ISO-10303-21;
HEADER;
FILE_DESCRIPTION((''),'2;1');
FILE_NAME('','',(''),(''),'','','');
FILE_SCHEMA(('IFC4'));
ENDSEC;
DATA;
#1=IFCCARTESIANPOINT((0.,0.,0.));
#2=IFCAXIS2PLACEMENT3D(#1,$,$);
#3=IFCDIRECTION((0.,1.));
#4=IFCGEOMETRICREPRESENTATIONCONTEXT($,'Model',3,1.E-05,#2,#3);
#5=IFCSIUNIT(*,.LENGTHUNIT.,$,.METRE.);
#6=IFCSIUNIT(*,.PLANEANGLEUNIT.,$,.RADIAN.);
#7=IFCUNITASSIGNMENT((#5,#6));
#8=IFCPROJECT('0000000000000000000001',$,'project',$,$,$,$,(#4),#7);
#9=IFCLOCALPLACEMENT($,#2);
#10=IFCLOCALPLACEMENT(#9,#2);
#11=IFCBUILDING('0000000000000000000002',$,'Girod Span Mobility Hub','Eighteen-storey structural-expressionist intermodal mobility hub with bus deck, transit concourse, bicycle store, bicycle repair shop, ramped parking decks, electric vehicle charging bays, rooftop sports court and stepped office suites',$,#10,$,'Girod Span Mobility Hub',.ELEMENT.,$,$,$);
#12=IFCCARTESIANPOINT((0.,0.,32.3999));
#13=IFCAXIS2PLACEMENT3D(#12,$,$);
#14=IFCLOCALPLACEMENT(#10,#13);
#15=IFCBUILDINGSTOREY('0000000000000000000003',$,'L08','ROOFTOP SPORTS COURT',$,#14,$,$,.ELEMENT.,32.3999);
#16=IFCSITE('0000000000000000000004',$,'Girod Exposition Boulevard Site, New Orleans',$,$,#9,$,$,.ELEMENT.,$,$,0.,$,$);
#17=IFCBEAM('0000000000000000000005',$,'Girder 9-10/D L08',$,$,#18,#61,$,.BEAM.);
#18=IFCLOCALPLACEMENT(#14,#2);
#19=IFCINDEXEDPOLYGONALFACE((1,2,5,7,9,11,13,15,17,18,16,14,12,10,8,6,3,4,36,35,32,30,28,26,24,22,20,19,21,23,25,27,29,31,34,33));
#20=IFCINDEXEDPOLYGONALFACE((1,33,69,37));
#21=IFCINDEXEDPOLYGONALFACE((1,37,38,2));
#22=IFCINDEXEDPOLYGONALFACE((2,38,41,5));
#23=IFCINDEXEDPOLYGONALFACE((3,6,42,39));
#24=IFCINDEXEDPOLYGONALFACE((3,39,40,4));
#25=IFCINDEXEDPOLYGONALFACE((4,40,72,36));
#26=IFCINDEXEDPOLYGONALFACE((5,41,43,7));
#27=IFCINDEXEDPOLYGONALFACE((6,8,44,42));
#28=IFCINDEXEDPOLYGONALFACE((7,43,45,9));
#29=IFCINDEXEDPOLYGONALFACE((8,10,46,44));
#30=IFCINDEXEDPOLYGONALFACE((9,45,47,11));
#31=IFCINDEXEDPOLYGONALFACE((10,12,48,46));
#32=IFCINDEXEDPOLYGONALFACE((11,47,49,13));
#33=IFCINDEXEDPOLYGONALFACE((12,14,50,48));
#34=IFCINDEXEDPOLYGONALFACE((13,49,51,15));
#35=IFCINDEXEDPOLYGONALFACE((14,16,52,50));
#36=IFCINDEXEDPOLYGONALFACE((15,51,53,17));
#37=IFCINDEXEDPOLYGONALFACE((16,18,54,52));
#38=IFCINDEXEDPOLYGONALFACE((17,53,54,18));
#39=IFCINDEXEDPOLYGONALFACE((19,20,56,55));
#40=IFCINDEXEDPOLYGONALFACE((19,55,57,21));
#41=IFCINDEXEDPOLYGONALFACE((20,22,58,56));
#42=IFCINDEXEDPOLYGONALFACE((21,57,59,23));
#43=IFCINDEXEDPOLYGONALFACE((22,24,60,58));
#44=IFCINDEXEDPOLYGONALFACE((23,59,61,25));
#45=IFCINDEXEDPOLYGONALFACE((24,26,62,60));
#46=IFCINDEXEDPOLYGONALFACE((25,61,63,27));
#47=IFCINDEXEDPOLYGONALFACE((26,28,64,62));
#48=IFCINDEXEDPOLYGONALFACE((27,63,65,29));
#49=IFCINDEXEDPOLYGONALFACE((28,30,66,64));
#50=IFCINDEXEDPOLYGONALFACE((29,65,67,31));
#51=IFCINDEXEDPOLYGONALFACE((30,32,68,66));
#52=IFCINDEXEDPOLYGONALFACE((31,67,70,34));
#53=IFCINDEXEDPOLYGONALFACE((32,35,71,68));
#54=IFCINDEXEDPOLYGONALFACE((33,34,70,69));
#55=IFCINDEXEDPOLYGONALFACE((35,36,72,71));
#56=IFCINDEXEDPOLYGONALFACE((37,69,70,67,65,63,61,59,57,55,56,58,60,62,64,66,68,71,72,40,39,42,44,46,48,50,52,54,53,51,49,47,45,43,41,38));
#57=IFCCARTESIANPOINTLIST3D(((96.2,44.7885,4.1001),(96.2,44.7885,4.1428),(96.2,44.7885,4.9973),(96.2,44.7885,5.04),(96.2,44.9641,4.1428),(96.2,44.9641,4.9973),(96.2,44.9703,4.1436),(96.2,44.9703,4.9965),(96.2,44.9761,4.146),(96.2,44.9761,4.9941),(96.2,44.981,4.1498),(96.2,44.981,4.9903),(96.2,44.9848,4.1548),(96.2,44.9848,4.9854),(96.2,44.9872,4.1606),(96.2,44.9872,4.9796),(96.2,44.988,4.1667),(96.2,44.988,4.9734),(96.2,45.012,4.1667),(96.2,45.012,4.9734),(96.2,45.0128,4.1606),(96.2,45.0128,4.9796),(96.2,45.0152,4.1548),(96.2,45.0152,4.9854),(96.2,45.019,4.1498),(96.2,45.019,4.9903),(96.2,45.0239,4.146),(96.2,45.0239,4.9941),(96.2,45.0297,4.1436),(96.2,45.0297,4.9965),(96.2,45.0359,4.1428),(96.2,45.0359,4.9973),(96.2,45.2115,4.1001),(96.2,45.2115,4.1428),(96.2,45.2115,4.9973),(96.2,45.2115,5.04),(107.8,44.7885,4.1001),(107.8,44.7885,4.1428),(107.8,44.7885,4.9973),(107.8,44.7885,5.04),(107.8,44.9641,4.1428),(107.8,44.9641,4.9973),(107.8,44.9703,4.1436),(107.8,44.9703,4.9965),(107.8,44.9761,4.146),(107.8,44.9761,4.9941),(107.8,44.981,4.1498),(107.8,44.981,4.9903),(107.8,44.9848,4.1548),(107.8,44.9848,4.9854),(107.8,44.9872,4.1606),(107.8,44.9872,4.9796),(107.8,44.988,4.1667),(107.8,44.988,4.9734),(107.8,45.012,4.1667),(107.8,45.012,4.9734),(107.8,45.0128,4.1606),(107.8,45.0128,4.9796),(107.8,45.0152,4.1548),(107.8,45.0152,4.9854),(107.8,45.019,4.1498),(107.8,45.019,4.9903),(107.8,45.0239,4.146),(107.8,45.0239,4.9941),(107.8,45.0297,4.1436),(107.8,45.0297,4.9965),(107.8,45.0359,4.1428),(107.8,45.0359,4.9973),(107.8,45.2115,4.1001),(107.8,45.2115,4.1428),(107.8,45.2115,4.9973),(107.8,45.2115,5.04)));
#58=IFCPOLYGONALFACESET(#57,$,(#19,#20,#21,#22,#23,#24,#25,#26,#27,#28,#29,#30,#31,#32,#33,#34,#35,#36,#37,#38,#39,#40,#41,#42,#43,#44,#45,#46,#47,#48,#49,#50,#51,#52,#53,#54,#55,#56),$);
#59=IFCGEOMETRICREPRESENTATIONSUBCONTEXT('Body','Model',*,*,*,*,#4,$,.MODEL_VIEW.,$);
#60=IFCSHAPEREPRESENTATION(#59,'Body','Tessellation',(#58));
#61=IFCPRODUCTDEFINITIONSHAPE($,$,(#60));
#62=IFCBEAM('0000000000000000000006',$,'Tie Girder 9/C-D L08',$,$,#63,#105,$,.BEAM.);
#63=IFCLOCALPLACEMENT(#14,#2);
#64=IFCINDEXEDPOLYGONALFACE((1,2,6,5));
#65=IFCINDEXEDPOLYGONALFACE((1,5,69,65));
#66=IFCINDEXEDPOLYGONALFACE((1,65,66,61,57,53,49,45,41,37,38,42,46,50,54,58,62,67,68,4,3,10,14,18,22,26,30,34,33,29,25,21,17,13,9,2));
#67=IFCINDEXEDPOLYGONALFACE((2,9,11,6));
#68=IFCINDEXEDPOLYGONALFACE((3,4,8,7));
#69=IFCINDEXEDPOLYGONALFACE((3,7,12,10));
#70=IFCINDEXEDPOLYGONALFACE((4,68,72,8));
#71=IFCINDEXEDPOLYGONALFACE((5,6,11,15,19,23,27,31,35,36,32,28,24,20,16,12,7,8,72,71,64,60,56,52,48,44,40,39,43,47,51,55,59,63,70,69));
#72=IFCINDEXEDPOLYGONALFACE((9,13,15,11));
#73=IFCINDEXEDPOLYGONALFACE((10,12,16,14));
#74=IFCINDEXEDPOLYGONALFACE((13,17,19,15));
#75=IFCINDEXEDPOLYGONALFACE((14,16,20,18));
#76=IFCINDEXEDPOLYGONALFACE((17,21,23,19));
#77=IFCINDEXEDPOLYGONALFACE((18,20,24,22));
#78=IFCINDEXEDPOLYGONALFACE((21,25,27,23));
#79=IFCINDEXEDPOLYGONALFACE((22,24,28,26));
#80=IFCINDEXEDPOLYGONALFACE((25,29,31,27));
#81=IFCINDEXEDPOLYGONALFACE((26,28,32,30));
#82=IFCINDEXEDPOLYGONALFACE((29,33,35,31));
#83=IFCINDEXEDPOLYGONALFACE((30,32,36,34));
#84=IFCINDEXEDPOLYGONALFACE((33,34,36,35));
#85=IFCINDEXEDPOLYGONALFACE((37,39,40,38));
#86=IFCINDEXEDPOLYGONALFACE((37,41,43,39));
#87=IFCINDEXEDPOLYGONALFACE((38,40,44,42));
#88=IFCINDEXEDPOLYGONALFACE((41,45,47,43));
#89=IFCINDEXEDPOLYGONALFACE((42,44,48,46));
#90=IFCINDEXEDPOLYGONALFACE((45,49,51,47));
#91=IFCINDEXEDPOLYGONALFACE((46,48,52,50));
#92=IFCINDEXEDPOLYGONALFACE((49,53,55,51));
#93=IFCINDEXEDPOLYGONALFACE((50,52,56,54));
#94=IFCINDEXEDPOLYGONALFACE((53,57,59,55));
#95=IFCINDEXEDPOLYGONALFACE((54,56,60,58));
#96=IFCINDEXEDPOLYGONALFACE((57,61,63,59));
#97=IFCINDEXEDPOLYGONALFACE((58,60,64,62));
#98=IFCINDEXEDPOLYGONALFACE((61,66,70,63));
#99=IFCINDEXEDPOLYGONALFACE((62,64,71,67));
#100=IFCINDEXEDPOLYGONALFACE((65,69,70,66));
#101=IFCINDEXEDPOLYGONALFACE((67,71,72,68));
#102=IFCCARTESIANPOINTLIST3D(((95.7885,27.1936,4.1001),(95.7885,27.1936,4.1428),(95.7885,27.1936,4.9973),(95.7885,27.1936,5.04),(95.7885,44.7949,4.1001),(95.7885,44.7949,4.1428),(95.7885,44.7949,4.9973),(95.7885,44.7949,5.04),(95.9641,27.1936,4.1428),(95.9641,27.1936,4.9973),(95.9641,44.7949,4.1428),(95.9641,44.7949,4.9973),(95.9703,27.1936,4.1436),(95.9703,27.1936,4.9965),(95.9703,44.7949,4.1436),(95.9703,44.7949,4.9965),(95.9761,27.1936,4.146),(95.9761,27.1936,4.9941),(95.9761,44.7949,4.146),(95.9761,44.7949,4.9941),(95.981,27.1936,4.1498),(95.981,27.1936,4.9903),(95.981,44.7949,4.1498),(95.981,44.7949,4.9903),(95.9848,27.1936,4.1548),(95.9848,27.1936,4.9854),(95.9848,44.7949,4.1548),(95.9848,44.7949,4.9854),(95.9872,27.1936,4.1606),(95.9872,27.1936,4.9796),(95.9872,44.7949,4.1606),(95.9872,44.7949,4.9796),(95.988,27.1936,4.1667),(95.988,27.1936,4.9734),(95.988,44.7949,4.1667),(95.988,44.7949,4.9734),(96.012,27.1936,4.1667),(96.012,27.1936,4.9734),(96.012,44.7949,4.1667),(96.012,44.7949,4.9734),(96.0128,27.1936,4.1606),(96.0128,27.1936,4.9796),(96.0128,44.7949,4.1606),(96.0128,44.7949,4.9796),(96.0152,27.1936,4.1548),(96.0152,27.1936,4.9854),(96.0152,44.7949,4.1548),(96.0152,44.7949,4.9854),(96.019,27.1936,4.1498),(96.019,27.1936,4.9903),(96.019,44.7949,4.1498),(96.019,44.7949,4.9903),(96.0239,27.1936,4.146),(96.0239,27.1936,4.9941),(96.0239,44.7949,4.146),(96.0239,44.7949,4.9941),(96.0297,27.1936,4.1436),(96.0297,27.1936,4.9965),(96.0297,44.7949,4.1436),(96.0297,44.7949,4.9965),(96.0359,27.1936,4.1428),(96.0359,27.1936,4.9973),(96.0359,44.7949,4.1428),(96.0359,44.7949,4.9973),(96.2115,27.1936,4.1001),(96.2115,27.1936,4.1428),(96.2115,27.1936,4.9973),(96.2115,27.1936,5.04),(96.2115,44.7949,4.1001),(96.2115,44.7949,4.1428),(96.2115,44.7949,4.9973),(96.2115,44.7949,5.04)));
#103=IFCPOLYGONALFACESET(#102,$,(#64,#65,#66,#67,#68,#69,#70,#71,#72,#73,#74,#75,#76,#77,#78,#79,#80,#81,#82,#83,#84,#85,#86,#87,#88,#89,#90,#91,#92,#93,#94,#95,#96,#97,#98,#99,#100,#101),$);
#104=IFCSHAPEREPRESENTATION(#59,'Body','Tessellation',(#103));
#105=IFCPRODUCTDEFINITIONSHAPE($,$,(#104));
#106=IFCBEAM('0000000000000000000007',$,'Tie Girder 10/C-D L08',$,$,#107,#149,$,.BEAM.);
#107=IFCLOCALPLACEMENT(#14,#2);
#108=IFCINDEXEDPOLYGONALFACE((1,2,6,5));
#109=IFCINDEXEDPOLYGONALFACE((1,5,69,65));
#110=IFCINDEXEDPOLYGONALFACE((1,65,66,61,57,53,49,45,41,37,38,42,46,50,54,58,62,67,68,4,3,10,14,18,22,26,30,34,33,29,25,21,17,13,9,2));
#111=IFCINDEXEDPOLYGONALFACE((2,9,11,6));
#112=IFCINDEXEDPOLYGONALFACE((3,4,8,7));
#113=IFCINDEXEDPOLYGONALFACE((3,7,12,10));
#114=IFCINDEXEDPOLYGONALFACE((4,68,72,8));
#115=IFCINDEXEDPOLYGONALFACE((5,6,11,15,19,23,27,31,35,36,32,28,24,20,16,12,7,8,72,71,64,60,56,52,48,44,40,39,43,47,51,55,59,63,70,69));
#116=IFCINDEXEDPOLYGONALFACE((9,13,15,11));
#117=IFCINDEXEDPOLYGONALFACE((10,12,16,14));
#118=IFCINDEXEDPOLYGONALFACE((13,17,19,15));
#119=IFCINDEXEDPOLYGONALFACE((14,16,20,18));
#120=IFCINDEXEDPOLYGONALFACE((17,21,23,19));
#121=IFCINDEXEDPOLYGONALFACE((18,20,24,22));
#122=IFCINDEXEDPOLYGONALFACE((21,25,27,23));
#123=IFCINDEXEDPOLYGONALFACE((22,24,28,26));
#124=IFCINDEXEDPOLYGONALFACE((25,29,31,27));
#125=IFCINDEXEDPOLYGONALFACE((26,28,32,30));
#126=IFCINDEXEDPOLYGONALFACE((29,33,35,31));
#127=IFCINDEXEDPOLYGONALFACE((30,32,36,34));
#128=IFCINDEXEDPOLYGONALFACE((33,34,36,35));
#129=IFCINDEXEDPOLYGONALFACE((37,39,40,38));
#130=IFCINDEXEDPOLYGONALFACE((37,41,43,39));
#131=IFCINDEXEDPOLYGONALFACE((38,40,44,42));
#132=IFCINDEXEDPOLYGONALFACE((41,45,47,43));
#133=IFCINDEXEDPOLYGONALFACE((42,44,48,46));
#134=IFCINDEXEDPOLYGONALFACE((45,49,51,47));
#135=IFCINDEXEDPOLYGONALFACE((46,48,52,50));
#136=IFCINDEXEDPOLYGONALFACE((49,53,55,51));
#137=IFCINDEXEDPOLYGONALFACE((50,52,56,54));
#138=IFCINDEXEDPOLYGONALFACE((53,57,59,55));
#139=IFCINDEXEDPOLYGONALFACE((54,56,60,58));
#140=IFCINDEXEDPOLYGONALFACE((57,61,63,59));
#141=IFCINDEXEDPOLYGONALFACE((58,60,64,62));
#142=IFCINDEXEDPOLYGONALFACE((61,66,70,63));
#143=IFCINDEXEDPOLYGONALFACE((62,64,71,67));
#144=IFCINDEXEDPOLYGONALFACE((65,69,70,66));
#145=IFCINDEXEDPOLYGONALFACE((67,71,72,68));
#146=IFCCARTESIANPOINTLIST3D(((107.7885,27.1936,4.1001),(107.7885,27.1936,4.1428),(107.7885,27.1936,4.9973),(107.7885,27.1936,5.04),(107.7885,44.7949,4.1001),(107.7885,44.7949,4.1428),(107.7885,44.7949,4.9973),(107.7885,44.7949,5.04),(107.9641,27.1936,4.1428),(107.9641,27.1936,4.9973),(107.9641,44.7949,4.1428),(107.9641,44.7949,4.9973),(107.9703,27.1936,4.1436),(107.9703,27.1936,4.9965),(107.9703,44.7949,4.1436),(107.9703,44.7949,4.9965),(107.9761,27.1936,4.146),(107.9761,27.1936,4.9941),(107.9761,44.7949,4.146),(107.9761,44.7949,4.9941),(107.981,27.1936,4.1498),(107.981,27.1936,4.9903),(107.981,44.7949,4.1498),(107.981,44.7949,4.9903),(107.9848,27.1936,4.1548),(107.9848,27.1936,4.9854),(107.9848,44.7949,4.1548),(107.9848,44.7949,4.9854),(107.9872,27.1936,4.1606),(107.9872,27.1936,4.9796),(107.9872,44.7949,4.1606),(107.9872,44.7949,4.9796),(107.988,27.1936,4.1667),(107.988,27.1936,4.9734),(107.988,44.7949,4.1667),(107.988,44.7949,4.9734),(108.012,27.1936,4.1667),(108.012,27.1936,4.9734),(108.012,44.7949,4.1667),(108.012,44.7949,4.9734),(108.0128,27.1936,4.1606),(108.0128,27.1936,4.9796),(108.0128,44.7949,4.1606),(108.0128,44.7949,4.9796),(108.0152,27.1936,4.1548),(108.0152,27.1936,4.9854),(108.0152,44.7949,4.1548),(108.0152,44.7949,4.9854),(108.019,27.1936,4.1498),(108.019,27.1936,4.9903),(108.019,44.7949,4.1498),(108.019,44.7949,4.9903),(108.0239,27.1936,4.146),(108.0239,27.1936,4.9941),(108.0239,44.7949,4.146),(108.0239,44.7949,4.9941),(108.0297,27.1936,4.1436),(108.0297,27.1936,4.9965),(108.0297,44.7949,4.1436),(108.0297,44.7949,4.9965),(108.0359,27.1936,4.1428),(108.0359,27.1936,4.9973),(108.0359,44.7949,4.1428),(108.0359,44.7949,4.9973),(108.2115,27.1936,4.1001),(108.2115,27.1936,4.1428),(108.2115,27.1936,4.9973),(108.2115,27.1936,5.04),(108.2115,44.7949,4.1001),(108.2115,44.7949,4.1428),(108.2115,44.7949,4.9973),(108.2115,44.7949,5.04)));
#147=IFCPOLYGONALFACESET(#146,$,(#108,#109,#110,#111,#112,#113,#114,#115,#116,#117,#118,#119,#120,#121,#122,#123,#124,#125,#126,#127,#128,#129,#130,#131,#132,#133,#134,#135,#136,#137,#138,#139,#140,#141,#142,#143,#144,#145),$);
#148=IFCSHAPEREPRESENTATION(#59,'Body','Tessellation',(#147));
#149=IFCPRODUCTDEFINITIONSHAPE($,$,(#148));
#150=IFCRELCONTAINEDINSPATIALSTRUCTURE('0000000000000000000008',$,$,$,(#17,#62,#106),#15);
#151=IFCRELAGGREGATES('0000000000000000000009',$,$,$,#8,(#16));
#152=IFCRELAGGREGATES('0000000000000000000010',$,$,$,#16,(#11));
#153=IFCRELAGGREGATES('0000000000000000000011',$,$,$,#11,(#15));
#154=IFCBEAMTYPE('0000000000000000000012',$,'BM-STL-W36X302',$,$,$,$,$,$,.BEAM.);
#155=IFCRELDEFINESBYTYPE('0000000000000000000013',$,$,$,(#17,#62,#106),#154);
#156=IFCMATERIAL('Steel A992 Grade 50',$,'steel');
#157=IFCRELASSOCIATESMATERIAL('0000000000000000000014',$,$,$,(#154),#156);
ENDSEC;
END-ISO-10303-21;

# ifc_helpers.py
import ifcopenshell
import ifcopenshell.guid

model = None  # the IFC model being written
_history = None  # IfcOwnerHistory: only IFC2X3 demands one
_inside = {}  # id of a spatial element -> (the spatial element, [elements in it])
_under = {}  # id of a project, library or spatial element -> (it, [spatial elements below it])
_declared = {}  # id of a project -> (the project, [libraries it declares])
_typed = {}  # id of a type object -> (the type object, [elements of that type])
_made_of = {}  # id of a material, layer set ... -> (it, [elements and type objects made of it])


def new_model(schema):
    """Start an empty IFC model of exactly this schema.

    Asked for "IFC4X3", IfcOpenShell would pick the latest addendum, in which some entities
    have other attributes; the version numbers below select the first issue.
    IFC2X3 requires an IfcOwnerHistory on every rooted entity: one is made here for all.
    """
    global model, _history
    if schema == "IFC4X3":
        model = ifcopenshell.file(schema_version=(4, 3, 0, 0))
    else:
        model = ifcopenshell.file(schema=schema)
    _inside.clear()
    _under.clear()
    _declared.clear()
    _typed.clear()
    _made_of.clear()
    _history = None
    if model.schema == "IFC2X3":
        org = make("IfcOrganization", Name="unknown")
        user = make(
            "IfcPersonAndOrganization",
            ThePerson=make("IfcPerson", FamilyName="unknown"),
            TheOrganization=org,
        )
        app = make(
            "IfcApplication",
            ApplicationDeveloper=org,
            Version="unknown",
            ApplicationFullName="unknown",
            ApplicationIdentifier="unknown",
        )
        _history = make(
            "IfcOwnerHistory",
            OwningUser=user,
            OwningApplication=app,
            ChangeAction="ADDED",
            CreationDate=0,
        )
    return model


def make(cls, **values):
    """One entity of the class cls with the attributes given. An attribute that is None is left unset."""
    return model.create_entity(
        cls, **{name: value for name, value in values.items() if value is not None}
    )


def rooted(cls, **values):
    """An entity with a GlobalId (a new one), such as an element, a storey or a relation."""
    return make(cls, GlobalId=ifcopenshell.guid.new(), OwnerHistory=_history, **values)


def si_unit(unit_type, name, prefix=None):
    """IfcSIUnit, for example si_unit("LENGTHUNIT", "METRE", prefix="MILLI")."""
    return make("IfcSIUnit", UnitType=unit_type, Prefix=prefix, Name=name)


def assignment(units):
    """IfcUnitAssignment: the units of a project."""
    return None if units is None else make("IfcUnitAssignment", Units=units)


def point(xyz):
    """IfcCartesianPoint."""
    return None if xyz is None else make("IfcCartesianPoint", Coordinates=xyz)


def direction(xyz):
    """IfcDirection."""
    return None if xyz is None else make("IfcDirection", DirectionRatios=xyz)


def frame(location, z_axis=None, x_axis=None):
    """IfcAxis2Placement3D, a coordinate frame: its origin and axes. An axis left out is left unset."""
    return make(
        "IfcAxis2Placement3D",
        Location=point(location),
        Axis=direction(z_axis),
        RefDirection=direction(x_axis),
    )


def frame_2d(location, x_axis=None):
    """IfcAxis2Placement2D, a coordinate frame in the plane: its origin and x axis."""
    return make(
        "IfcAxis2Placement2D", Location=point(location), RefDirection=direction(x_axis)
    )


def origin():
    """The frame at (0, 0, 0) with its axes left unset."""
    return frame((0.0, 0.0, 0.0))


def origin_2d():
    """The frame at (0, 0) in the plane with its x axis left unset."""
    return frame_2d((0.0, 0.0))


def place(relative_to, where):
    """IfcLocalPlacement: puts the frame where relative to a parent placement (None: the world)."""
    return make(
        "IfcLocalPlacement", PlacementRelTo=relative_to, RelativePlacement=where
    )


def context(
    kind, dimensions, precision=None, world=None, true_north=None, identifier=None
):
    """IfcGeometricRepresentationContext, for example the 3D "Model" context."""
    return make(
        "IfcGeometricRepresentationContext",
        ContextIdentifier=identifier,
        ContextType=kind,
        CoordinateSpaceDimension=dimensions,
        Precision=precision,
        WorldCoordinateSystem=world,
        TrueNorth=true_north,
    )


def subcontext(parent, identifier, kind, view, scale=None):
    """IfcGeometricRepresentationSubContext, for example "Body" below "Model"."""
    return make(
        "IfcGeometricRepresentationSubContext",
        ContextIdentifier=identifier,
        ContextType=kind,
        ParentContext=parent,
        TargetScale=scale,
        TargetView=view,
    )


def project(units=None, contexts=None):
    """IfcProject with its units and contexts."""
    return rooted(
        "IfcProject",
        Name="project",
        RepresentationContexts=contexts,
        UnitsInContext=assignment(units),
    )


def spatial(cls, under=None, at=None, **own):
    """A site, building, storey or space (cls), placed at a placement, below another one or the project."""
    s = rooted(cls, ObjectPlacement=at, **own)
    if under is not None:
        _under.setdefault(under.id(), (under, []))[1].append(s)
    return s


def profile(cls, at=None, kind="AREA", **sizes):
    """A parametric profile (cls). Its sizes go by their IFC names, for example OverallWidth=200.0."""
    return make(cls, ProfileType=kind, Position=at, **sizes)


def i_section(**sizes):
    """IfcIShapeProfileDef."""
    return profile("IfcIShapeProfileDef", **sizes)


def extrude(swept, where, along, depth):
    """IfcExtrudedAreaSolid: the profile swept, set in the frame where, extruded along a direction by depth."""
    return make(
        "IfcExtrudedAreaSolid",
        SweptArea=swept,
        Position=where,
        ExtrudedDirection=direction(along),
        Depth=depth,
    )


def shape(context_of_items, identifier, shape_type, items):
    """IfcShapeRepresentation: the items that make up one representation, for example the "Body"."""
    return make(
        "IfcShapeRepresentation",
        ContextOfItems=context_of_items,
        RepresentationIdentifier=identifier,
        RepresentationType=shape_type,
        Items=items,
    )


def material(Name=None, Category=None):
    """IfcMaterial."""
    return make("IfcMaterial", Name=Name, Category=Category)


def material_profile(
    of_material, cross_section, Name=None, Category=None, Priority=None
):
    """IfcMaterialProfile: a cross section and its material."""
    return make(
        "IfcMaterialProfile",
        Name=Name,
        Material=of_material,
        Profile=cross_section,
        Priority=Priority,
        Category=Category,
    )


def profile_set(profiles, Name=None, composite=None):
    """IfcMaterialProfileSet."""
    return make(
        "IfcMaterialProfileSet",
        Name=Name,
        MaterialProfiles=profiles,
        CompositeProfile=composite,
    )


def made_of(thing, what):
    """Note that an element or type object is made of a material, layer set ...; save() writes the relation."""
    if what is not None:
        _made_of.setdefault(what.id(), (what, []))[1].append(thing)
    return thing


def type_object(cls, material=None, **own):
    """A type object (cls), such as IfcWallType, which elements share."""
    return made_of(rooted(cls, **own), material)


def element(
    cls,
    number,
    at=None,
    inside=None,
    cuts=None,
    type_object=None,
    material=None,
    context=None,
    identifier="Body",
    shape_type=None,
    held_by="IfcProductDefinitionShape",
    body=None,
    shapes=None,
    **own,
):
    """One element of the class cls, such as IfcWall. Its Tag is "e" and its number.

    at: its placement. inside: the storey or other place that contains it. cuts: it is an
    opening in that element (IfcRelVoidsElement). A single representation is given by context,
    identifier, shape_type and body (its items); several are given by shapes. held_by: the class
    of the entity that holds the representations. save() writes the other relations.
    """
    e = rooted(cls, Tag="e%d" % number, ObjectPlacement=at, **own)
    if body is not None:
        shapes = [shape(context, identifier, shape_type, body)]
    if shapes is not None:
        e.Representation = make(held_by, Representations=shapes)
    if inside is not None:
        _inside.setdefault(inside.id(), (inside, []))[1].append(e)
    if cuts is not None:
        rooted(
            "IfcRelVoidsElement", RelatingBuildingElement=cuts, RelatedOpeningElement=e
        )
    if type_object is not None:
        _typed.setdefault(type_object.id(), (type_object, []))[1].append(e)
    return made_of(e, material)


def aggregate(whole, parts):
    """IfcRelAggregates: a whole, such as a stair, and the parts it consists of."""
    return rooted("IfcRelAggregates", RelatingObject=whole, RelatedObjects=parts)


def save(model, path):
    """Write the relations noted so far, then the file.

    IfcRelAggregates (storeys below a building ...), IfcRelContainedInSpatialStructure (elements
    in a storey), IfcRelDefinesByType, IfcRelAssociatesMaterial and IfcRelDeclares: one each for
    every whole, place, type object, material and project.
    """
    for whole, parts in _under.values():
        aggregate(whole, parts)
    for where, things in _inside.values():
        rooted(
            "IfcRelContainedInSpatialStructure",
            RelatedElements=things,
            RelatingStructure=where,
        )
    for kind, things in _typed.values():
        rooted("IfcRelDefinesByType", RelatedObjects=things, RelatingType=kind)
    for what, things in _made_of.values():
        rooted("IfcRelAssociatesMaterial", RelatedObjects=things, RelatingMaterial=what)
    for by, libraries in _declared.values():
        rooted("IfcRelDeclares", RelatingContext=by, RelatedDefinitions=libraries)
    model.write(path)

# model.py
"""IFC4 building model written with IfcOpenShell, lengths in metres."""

from ifc_helpers import new_model, si_unit, direction, frame, origin, origin_2d, place, context, subcontext, project, spatial, i_section, extrude, material, material_profile, profile_set, type_object, element, save


model = new_model("IFC4")

# Units and contexts
model_context = context("Model", 3, precision=1e-05, world=origin(), true_north=direction((0.0, 1.0)))
body_context = subcontext(model_context, "Body", "Model", "MODEL_VIEW")
ifc_project = project(units=[si_unit("LENGTHUNIT", "METRE"), si_unit("PLANEANGLEUNIT", "RADIAN")], contexts=[model_context])

# Site, building, storey
site_placement = place(None, origin())
site = spatial("IfcSite", under=ifc_project, at=site_placement, Name="Girod Exposition Boulevard Site, New Orleans", CompositionType="ELEMENT", RefElevation=0.0)
building_placement = place(site_placement, origin())
building = spatial("IfcBuilding", under=site, at=building_placement, Name="Girod Span Mobility Hub", Description="Eighteen-storey structural-expressionist intermodal mobility hub with bus deck, transit concourse, bicycle store, bicycle repair shop, ramped parking decks, electric vehicle charging bays, rooftop sports court and stepped office suites", LongName="Girod Span Mobility Hub", CompositionType="ELEMENT")
storey_placement = place(building_placement, frame((0.0, 0.0, 32.3999)))
storey = spatial("IfcBuildingStorey", under=building, at=storey_placement, Name="L08", Description="ROOFTOP SPORTS COURT", CompositionType="ELEMENT", Elevation=32.3999)

# Beams
ifc_material_1 = material(Name="Steel A992 Grade 50", Category="steel")
ifc_material_profile_1 = material_profile(ifc_material_1, i_section(OverallWidth=0.4231, OverallDepth=0.9399, WebThickness=0.0239, FlangeThickness=0.0427, FilletRadius=0.0239, at=origin_2d()), Name="W36X302")
ifc_profile_set_1 = profile_set([ifc_material_profile_1], Name="Steel A992 Grade 50")
beam_type_1 = type_object("IfcBeamType", Name="BM-STL-W36X302", PredefinedType="BEAM", material=ifc_profile_set_1)
beam_placement = place(storey_placement, frame((96.2, 45.0, 4.5701), z_axis=(1.0, 0.0, 0.0), x_axis=(0.0, 1.0, 0.0)))
element("IfcBeam", 1, at=beam_placement, inside=storey, type_object=beam_type_1, Name="Girder 9-10/D L08", PredefinedType="BEAM", context=body_context, shape_type="SweptSolid", body=[
    extrude(i_section(OverallWidth=0.4231, OverallDepth=0.9399, WebThickness=0.0239, FlangeThickness=0.0427, FilletRadius=0.0239, at=origin_2d()), origin(), (0.0, 0.0, 1.0), 11.6001),
])
for number, where, z_axis, x_axis, name in (
    (2, (96.0, 27.1936, 4.5701), (0.0, 1.0, 0.0), (-1.0, 0.0, 0.0), "Tie Girder 9/C-D L08"),
    (3, (108.0, 27.1936, 4.5701), (0.0, 1.0, 0.0), (-1.0, 0.0, 0.0), "Tie Girder 10/C-D L08"),
):
    element("IfcBeam", number, at=place(storey_placement, frame(where, z_axis=z_axis, x_axis=x_axis)), inside=storey, type_object=beam_type_1, Name=name, PredefinedType="BEAM", context=body_context, shape_type="SweptSolid", body=[
        extrude(i_section(OverallWidth=0.4231, OverallDepth=0.9399, WebThickness=0.0239, FlangeThickness=0.0427, FilletRadius=0.0239, at=origin_2d()), origin(), (0.0, 0.0, 1.0), 17.6013),
    ])

save(model, "model.ifc")
